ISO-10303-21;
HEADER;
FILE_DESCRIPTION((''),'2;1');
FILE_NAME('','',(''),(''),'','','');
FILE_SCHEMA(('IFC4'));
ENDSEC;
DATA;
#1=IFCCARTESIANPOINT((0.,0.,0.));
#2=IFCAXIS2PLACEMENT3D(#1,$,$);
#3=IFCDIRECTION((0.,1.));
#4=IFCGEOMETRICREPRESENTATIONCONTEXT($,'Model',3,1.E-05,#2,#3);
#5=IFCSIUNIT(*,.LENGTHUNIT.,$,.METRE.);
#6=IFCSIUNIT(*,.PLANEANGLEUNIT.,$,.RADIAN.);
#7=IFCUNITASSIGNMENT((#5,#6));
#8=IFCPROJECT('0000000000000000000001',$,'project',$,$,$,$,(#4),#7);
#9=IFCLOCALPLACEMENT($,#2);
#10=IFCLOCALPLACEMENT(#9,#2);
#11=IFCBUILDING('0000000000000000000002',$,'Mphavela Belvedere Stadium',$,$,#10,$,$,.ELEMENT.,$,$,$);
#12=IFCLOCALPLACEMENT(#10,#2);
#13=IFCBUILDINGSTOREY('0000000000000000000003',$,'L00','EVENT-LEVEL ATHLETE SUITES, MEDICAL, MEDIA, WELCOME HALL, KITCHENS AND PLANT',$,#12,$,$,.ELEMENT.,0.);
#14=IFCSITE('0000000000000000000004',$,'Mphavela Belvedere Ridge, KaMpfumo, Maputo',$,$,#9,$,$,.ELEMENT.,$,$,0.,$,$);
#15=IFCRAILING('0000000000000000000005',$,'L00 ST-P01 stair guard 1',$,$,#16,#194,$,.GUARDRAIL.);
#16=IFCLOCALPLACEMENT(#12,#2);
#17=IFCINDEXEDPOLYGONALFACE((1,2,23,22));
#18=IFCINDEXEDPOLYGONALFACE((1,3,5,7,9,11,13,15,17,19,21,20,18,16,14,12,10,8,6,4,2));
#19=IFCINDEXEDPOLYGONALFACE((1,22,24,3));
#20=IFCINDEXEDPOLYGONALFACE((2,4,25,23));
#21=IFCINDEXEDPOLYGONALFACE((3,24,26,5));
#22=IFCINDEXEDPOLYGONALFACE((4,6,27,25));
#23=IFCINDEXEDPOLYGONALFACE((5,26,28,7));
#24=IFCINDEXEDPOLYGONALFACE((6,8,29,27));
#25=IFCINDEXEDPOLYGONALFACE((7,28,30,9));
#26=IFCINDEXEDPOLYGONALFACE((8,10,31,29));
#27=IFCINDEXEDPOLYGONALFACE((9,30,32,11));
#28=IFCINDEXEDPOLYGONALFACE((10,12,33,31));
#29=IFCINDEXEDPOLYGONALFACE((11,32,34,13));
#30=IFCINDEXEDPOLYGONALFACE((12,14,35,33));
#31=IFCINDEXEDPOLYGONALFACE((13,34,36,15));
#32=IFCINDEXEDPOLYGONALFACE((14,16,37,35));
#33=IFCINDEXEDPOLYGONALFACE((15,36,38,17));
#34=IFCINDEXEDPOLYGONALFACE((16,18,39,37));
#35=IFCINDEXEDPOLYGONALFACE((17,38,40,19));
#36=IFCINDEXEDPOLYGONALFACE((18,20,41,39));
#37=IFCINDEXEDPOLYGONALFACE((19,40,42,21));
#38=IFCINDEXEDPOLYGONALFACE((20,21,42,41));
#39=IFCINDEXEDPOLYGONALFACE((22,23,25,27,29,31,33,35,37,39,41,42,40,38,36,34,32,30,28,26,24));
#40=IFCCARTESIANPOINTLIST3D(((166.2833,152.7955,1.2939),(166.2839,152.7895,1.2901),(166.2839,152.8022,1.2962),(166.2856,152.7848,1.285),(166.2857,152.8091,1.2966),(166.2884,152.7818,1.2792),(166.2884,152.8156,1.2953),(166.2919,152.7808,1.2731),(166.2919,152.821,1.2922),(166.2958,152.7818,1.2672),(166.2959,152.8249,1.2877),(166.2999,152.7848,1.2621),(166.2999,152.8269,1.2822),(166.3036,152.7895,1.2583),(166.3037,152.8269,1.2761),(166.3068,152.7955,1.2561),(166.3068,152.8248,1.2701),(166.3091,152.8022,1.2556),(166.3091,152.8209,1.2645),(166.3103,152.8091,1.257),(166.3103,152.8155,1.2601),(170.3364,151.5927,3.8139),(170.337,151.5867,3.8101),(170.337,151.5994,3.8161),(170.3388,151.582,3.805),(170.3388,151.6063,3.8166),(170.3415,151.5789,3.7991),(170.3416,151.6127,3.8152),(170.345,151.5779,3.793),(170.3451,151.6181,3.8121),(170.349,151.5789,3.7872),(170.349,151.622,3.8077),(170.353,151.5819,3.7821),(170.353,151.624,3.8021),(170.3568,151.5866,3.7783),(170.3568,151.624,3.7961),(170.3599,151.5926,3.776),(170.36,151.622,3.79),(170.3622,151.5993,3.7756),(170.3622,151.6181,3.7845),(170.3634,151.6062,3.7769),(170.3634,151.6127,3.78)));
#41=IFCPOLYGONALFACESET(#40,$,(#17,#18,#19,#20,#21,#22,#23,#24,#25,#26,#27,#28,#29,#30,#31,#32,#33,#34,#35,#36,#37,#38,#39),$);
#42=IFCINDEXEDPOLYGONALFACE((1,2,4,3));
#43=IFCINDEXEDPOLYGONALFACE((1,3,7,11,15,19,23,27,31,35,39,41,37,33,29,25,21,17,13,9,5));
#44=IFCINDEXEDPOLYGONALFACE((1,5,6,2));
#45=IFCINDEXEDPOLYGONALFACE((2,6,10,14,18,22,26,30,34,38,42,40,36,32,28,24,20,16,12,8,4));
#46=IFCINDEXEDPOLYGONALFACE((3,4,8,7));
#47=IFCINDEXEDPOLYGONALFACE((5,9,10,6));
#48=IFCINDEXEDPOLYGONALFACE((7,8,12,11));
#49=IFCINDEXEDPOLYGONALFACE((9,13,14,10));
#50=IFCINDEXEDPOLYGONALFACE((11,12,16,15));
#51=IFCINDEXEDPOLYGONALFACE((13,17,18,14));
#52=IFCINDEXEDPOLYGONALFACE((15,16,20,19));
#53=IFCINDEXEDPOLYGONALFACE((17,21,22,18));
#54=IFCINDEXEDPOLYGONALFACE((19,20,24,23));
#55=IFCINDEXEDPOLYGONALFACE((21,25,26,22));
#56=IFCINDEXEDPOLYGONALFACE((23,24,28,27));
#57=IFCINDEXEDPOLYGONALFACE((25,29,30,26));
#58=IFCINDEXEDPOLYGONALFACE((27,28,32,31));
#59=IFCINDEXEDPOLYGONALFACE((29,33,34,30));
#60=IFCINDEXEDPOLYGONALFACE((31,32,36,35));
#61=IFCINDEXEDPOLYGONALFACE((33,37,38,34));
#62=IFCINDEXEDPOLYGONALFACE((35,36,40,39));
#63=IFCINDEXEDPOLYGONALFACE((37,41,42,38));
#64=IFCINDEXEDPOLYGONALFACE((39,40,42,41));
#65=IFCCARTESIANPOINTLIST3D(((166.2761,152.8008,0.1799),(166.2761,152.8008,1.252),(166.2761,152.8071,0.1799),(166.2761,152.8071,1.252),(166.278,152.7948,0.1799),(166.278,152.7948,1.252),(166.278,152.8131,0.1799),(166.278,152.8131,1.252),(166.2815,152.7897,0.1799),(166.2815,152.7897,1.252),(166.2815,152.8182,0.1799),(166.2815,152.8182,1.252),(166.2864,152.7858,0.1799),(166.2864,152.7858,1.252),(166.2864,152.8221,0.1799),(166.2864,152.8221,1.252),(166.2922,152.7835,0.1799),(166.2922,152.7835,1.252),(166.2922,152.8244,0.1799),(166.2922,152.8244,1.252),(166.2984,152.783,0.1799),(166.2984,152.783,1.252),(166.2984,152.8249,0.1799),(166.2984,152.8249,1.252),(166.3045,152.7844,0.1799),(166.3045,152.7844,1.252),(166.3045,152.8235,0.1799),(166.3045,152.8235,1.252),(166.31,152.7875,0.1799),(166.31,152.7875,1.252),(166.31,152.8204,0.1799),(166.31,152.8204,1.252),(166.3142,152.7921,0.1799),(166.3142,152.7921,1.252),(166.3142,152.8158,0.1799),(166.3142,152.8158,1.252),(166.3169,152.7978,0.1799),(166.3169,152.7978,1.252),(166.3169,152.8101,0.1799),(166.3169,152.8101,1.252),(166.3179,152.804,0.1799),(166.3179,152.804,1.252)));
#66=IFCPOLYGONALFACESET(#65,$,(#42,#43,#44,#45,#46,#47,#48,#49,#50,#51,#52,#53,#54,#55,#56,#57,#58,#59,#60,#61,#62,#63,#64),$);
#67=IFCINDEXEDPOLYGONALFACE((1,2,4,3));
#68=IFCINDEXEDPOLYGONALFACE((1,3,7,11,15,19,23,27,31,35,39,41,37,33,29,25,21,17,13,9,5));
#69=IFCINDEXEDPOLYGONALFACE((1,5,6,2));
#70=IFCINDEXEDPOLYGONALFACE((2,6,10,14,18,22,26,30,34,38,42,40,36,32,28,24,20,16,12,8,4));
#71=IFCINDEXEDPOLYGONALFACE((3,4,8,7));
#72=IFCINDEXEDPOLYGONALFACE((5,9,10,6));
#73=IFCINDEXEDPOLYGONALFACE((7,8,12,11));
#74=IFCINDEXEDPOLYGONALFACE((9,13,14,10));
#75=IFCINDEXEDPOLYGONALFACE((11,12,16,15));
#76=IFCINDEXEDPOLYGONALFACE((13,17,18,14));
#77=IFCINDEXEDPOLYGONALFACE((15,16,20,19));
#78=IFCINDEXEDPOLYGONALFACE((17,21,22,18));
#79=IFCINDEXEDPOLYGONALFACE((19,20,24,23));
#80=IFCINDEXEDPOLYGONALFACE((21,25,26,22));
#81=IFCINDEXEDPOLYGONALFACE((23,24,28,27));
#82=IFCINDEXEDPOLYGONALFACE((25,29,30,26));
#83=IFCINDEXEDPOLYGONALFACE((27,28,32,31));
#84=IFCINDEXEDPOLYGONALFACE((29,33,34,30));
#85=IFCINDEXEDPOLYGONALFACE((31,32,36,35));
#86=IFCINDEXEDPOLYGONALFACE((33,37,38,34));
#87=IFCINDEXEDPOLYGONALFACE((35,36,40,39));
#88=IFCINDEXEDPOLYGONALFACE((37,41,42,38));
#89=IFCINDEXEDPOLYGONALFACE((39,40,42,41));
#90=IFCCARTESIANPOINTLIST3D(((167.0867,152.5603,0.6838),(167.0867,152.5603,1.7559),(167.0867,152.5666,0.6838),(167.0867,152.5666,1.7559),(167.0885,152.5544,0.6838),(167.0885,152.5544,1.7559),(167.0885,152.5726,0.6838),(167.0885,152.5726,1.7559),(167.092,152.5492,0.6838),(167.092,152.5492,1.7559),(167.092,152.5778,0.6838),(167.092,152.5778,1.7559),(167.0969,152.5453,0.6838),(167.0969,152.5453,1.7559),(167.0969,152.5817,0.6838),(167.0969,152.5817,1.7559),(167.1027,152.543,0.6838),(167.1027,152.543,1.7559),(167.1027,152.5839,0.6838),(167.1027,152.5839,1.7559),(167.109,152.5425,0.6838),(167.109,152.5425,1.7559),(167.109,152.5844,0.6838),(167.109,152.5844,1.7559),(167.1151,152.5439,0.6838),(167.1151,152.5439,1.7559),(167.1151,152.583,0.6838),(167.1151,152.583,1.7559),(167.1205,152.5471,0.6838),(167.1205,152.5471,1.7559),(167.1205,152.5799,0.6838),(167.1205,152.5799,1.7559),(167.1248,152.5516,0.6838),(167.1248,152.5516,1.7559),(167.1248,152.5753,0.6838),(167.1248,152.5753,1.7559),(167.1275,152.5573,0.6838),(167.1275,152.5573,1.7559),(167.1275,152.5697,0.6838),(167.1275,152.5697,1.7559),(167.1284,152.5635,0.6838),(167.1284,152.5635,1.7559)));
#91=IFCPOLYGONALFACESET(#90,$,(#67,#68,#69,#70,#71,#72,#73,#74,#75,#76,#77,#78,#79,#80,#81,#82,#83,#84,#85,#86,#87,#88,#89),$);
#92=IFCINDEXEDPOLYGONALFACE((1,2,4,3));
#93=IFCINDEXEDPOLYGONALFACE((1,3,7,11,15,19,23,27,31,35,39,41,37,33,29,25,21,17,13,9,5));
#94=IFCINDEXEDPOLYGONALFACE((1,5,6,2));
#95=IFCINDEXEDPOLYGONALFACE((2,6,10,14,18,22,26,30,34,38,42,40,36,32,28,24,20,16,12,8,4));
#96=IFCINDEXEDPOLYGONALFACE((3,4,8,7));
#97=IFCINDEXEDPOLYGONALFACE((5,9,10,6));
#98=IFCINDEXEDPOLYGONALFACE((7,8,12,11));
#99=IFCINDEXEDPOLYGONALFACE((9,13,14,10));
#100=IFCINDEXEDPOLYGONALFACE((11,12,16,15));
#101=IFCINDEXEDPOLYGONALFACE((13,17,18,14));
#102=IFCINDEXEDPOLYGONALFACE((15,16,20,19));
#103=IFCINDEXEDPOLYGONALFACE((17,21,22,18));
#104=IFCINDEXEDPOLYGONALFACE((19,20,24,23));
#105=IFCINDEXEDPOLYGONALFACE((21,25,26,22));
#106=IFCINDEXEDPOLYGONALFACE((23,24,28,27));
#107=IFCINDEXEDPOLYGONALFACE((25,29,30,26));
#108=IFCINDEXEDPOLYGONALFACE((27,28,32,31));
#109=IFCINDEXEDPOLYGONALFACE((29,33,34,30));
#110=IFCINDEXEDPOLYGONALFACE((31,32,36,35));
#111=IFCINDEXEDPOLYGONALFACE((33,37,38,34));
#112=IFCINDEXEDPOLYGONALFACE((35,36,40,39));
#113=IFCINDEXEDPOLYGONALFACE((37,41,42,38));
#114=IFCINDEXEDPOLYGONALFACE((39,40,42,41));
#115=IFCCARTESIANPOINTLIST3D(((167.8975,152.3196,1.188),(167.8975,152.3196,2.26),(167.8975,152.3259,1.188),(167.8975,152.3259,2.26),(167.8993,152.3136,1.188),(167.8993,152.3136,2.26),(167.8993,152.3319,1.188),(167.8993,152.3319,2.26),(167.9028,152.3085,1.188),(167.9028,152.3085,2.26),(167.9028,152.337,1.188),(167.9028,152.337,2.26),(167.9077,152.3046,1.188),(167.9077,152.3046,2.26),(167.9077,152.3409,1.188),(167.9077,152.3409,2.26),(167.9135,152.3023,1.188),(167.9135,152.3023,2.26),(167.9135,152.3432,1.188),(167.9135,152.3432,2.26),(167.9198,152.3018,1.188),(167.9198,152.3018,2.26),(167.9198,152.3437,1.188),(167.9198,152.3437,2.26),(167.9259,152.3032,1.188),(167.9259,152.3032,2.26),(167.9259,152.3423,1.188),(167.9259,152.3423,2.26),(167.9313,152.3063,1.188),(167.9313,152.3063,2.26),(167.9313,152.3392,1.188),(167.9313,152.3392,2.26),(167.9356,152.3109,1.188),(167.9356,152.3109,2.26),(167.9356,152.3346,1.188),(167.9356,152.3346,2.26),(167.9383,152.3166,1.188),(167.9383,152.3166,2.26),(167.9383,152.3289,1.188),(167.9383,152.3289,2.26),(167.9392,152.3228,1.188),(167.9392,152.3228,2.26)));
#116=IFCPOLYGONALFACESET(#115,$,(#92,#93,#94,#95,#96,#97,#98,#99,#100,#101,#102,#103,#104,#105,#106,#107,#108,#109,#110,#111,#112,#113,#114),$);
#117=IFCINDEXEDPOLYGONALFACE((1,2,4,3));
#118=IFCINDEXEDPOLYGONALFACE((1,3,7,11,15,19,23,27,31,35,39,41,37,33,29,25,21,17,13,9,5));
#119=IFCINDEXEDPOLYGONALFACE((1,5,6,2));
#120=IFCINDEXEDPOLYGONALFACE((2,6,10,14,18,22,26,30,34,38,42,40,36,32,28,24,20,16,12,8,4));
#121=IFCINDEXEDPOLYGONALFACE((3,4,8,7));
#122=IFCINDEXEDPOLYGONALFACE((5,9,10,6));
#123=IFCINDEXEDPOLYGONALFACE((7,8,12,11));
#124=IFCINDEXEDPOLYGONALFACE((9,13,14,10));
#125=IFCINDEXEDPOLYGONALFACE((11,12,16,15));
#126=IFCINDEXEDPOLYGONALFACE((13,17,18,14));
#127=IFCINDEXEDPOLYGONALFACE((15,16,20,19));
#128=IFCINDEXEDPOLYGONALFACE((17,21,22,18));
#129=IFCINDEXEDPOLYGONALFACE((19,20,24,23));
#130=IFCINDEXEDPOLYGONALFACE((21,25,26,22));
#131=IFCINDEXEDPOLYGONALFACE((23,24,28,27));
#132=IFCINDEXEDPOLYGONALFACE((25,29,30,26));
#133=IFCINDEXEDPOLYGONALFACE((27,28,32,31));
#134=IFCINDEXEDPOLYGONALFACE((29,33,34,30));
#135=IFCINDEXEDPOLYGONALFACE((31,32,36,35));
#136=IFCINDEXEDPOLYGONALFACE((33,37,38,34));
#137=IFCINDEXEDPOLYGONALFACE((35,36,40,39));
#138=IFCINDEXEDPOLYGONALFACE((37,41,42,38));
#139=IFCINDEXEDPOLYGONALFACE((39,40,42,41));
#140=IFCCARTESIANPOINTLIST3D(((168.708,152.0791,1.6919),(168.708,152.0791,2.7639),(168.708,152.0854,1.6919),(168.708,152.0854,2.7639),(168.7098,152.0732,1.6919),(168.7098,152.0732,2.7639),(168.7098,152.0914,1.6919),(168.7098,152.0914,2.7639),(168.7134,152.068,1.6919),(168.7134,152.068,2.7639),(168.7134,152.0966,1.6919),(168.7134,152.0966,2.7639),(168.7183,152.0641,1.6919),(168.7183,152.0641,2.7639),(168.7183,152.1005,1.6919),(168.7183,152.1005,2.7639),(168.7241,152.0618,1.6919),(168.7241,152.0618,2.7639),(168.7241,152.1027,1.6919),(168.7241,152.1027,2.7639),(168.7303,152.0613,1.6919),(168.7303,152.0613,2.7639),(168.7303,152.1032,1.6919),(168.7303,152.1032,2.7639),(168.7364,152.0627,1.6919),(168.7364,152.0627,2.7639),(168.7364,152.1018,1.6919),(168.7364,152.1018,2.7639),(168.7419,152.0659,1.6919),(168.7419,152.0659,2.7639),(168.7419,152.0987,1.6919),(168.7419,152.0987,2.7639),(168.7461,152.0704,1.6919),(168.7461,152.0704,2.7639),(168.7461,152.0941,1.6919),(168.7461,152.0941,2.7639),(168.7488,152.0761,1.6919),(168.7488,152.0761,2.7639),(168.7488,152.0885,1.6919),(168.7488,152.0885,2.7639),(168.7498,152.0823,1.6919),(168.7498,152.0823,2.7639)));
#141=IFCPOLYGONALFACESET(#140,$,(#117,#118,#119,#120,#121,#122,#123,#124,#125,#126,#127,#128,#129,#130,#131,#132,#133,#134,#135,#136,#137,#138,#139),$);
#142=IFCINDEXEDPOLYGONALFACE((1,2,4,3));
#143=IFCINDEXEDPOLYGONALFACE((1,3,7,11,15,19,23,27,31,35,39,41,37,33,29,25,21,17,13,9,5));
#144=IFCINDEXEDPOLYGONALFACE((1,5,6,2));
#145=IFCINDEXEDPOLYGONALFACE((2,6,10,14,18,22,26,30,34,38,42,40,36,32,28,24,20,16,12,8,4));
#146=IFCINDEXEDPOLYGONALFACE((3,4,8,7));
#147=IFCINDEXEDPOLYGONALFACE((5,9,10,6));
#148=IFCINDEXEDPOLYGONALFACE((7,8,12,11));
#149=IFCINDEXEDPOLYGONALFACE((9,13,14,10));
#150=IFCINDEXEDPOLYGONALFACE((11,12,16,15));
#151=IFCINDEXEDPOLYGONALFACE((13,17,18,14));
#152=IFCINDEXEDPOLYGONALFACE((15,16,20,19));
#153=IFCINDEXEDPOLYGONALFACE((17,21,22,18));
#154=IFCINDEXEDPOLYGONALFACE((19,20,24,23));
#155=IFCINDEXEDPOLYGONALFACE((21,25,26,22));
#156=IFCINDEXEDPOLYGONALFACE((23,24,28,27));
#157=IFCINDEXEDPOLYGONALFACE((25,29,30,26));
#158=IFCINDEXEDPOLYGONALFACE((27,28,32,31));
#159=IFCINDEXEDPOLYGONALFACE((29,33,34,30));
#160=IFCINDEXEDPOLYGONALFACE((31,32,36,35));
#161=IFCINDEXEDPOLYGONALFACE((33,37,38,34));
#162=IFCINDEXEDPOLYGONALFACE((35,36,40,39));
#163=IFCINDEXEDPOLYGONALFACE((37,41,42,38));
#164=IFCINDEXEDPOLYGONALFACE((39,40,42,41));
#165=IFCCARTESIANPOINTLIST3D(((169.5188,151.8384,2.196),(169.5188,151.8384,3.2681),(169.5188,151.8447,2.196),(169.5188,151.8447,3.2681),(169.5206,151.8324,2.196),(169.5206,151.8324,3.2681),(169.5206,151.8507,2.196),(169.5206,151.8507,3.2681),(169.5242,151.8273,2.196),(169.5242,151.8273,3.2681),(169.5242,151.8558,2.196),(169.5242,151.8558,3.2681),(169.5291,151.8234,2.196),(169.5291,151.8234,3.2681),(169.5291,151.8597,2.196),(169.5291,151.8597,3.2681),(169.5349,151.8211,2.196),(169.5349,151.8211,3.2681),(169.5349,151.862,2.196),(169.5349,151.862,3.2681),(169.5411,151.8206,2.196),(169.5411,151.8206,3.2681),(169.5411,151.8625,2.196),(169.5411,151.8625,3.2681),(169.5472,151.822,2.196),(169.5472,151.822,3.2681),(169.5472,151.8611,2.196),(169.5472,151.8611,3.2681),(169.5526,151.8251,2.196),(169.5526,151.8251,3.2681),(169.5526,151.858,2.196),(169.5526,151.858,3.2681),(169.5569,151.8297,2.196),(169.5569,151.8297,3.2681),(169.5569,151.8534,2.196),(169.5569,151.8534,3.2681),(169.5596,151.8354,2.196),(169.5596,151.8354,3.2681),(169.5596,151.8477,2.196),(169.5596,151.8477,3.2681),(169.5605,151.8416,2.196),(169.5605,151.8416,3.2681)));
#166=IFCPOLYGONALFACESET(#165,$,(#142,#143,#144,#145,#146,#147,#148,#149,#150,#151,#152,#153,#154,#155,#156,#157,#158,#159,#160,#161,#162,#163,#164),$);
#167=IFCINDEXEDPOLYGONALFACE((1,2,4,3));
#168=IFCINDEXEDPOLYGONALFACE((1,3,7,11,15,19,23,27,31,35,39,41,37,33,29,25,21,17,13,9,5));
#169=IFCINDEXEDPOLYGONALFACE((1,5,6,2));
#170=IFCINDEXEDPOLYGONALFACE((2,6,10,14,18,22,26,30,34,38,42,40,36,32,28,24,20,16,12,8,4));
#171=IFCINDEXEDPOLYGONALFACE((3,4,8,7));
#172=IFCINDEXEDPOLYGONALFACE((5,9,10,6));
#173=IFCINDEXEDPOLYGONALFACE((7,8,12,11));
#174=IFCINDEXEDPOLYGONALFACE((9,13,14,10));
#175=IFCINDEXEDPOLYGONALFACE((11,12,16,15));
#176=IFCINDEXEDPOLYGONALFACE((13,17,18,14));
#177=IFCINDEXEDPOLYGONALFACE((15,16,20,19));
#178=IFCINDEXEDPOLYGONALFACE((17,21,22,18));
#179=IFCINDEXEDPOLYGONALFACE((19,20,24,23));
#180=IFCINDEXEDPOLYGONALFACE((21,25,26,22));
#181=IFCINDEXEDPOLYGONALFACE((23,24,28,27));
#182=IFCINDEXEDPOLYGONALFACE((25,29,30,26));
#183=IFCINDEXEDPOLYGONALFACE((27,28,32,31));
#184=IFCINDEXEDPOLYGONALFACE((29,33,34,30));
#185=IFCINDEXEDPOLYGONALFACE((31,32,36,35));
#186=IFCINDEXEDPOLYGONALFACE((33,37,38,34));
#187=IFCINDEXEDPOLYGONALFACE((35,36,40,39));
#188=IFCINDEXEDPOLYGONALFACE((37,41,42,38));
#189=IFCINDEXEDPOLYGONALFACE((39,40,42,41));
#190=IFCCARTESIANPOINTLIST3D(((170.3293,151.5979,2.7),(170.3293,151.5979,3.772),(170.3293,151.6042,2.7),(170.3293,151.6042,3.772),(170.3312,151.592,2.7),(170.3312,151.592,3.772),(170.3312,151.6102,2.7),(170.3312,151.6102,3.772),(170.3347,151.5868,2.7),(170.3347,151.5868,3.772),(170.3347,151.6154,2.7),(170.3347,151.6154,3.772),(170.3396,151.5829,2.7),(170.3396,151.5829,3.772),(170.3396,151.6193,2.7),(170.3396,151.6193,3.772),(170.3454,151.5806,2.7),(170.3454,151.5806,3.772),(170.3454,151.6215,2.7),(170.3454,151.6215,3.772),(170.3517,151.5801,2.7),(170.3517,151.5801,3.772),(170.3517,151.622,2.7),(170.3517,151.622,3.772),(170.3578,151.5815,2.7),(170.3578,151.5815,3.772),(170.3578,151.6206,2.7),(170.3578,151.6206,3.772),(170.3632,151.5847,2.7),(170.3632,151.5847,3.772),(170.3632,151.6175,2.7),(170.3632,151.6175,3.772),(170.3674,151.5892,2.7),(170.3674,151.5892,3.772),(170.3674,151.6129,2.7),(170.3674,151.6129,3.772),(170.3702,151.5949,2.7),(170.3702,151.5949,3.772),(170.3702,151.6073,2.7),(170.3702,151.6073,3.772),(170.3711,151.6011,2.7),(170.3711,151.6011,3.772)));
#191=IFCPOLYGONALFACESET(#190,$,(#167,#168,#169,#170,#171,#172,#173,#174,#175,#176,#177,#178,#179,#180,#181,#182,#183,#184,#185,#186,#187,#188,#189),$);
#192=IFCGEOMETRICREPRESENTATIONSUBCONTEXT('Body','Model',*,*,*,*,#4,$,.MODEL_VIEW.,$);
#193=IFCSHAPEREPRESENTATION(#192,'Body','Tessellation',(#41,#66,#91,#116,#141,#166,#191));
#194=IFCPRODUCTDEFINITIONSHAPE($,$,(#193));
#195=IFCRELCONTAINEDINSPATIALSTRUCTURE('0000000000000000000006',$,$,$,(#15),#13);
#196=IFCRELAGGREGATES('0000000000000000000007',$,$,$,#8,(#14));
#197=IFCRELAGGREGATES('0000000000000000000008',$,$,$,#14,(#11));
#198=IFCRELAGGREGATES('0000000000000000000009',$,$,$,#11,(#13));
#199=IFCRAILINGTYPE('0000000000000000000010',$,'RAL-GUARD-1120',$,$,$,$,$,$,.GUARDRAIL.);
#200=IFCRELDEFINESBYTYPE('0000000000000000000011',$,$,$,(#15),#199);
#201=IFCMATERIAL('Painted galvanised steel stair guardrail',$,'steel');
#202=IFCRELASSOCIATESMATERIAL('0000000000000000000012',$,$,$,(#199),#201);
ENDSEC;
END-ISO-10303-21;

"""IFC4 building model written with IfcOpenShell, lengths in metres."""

from ifc_helpers import new_model, si_unit, direction, frame, origin, origin_2d, place, context, subcontext, project, spatial, circle, extrude, material, type_object, element, save


model = new_model("IFC4")

# Units and contexts
model_context = context("Model", 3, precision=1e-05, world=origin(), true_north=direction((0.0, 1.0)))
body_context = subcontext(model_context, "Body", "Model", "MODEL_VIEW")
ifc_project = project(units=[si_unit("LENGTHUNIT", "METRE"), si_unit("PLANEANGLEUNIT", "RADIAN")], contexts=[model_context])

# Site, building, storey
site_placement = place(None, origin())
site = spatial("IfcSite", under=ifc_project, at=site_placement, Name="Mphavela Belvedere Ridge, KaMpfumo, Maputo", CompositionType="ELEMENT", RefElevation=0.0)
building_placement = place(site_placement, origin())
building = spatial("IfcBuilding", under=site, at=building_placement, Name="Mphavela Belvedere Stadium", CompositionType="ELEMENT")
storey_placement = place(building_placement, origin())
storey = spatial("IfcBuildingStorey", under=building, at=storey_placement, Name="L00", Description="EVENT-LEVEL ATHLETE SUITES, MEDICAL, MEDIA, WELCOME HALL, KITCHENS AND PLANT", CompositionType="ELEMENT", Elevation=0.0)

# Railing
ifc_material_1 = material(Name="Painted galvanised steel stair guardrail", Category="steel")
railing_type_1 = type_object("IfcRailingType", Name="RAL-GUARD-1120", PredefinedType="GUARDRAIL", material=ifc_material_1)
railing_1_placement = place(storey_placement, frame((166.2969, 152.804, 0.1799)))
element("IfcRailing", 1, at=railing_1_placement, inside=storey, type_object=railing_type_1, Name="L00 ST-P01 stair guard 1", PredefinedType="GUARDRAIL", context=body_context, shape_type="SweptSolid", body=[
    extrude(circle(Radius=0.0239, at=origin_2d()), frame((0.0, 0.0, 1.0962), z_axis=(0.823492, -0.244389, 0.511991), x_axis=(0.284507, 0.958674, 0.0)), (0.0, 0.0, 1.0), 4.9219),
    extrude(circle(Radius=0.021, at=origin_2d()), origin(), (0.0, 0.0, 1.0), 1.072),
    extrude(circle(Radius=0.021, at=origin_2d()), frame((0.8105, -0.2405, 0.5039)), (0.0, 0.0, 1.0), 1.072),
    extrude(circle(Radius=0.021, at=origin_2d()), frame((1.6213, -0.4812, 1.0081)), (0.0, 0.0, 1.0), 1.072),
    extrude(circle(Radius=0.021, at=origin_2d()), frame((2.4319, -0.7217, 1.512)), (0.0, 0.0, 1.0), 1.072),
    extrude(circle(Radius=0.021, at=origin_2d()), frame((3.2427, -0.9624, 2.0161)), (0.0, 0.0, 1.0), 1.072),
    extrude(circle(Radius=0.021, at=origin_2d()), frame((4.0532, -1.2029, 2.52)), (0.0, 0.0, 1.0), 1.072),
])

save(model, "model.ifc")
